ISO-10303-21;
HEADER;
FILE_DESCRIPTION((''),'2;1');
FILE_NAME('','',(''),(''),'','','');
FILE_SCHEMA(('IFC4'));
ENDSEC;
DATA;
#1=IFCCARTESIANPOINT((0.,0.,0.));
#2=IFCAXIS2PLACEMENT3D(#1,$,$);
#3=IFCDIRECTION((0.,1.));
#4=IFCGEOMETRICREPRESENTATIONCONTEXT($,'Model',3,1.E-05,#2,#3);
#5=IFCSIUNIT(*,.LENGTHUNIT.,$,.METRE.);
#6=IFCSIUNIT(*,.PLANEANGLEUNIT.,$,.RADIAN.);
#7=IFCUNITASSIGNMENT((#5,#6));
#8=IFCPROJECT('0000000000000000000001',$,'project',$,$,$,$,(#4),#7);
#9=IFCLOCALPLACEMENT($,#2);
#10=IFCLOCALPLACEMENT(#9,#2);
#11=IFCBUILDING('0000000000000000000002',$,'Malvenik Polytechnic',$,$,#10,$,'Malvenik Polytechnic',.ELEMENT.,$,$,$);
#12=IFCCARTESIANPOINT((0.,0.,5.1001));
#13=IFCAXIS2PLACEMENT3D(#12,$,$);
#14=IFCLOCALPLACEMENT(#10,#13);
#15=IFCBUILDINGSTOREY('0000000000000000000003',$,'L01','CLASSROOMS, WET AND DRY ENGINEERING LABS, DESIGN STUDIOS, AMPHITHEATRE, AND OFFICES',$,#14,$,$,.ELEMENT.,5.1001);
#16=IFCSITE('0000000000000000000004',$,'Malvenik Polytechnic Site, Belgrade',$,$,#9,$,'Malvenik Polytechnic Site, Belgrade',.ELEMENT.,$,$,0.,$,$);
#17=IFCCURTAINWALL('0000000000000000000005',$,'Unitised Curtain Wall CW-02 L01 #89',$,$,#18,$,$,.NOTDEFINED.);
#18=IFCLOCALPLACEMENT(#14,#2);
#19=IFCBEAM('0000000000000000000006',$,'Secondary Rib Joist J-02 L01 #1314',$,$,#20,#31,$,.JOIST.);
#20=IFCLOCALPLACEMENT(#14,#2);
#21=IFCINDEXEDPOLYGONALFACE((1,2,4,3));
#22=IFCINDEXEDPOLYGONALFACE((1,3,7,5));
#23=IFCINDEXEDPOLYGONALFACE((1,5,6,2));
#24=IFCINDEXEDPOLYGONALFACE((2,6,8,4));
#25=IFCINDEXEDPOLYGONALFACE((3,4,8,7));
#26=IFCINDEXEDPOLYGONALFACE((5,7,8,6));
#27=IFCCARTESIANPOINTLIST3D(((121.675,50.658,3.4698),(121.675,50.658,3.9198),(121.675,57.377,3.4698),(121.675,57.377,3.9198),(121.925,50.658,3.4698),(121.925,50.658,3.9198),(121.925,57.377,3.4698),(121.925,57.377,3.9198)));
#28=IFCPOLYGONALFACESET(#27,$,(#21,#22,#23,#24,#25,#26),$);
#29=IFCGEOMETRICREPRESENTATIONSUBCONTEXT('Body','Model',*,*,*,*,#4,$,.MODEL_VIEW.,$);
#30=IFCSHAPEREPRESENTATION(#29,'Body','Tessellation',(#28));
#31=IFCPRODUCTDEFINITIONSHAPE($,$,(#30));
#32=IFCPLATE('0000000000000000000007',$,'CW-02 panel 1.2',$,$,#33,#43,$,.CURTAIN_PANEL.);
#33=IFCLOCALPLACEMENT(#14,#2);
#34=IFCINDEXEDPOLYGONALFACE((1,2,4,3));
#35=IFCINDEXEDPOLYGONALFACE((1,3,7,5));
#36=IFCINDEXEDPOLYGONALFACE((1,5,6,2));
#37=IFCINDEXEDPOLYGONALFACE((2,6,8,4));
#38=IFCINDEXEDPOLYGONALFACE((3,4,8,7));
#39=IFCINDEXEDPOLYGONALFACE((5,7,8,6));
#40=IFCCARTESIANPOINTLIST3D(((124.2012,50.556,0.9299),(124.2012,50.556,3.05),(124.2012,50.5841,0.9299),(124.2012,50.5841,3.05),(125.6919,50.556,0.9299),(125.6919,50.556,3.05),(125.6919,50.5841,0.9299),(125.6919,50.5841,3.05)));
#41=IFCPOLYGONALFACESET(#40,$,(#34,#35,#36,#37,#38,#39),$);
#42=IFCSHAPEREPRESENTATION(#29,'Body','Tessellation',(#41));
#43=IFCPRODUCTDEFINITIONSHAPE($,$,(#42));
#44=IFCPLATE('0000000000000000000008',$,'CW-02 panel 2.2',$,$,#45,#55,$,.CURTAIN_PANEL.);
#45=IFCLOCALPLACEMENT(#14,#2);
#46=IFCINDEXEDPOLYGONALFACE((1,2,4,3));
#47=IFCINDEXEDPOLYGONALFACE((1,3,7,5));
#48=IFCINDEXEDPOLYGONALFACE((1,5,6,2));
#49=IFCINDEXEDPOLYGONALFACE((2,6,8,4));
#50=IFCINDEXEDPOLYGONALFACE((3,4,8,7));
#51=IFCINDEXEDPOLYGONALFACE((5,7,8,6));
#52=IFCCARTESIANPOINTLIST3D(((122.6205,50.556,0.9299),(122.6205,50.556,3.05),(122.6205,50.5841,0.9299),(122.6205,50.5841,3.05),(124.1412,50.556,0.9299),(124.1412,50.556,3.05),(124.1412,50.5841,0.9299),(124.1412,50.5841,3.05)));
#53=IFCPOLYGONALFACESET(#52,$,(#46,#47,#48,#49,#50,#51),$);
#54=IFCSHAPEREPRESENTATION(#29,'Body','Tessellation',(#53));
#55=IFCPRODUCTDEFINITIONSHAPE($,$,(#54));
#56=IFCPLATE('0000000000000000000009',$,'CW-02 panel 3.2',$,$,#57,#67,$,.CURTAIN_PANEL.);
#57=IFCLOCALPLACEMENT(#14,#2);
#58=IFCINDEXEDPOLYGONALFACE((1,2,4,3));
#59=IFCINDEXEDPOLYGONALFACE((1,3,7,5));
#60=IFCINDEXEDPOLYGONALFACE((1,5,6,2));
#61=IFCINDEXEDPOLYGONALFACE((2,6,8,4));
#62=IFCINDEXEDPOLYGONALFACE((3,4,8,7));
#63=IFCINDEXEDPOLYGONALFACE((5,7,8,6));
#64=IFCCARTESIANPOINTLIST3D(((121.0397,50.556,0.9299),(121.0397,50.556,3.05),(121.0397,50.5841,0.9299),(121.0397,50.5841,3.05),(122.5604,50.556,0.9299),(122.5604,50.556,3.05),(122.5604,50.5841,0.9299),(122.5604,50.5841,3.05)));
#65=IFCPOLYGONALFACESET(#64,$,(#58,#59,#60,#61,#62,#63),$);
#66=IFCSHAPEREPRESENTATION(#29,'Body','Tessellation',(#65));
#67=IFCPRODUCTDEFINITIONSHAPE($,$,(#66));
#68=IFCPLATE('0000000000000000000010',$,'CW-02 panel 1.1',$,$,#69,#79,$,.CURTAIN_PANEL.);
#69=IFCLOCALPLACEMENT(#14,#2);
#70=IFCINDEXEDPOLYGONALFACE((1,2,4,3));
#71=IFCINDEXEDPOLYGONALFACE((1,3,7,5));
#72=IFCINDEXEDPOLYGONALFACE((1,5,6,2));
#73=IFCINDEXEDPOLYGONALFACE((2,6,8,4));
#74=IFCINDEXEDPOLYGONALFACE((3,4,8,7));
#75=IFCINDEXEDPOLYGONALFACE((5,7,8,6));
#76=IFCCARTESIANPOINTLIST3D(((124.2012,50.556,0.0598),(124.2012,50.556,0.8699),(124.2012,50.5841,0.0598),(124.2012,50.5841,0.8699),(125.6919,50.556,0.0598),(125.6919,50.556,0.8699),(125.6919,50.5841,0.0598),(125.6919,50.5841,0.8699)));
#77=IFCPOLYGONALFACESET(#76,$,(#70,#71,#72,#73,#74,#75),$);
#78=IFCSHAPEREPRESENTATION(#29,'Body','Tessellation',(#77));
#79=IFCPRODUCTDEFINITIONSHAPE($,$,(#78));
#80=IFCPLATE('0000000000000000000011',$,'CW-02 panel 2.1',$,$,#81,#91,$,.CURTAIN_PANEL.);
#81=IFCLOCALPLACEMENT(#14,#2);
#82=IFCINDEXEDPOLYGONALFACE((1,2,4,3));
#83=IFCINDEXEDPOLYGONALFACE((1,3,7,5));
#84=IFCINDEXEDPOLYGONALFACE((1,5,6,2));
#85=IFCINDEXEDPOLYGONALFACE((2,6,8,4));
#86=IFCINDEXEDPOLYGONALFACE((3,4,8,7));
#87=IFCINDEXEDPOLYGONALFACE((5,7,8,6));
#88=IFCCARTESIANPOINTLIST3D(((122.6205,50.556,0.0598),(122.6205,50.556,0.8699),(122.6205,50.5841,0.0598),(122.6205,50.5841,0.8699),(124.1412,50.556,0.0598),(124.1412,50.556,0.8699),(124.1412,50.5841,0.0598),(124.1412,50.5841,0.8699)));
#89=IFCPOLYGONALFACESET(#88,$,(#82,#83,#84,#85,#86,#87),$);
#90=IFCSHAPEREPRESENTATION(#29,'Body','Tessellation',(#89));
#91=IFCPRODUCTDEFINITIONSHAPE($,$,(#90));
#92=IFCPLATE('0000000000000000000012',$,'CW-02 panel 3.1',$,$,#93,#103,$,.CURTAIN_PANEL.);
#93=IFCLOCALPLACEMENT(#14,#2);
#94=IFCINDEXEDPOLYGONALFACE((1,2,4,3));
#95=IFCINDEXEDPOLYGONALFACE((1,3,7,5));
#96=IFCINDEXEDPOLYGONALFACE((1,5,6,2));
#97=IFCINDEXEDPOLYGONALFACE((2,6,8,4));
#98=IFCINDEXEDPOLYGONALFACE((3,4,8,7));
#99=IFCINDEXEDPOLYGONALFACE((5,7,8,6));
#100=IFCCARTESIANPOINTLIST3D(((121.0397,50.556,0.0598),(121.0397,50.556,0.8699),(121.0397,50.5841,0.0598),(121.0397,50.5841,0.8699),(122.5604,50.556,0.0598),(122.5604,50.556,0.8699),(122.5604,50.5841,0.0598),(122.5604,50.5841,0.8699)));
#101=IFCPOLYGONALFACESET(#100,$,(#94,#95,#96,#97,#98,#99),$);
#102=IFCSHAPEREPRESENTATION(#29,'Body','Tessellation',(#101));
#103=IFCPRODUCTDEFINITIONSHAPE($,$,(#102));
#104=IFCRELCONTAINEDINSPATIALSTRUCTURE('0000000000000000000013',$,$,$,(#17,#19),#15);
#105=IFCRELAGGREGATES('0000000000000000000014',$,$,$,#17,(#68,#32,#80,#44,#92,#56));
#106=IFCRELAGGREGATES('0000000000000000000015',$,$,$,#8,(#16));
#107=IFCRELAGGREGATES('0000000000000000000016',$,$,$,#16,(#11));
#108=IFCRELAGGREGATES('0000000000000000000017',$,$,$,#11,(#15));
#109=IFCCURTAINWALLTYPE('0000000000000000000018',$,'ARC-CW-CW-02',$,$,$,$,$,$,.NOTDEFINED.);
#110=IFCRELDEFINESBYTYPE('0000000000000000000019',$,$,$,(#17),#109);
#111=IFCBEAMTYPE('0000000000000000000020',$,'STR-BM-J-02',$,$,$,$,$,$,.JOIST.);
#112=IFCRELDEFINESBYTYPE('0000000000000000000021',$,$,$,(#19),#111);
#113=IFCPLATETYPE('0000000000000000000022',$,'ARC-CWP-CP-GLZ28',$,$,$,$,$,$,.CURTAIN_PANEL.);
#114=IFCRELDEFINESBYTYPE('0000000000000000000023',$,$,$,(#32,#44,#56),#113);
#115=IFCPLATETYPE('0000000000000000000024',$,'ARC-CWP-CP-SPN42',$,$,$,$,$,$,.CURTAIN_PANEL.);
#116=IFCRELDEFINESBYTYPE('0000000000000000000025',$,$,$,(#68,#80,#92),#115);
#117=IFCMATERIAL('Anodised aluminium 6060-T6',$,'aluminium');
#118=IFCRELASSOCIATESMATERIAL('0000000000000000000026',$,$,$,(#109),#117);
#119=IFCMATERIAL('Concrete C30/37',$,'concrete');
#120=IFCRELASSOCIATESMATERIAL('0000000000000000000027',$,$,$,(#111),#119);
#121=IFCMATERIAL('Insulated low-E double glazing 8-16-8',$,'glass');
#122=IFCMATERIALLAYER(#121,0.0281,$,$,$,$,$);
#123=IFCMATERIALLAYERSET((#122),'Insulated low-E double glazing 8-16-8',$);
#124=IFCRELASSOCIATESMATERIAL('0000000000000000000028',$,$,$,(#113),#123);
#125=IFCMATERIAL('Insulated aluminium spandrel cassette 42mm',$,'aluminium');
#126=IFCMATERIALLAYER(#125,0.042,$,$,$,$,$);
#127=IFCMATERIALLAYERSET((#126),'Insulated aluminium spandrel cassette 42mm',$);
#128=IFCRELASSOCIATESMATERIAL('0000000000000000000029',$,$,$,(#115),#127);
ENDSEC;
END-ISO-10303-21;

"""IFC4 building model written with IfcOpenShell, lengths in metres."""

from ifc_helpers import new_model, si_unit, direction, frame, origin, origin_2d, place, context, subcontext, project, spatial, rectangle, extrude, material, layer, layer_set, material_profile, profile_set, type_object, element, aggregate, save


model = new_model("IFC4")

# Units and contexts
model_context = context("Model", 3, precision=1e-05, world=origin(), true_north=direction((0.0, 1.0)))
body_context = subcontext(model_context, "Body", "Model", "MODEL_VIEW")
ifc_project = project(units=[si_unit("LENGTHUNIT", "METRE"), si_unit("PLANEANGLEUNIT", "RADIAN")], contexts=[model_context])

# Site, building, storey
site_placement = place(None, origin())
site = spatial("IfcSite", under=ifc_project, at=site_placement, Name="Malvenik Polytechnic Site, Belgrade", LongName="Malvenik Polytechnic Site, Belgrade", CompositionType="ELEMENT", RefElevation=0.0)
building_placement = place(site_placement, origin())
building = spatial("IfcBuilding", under=site, at=building_placement, Name="Malvenik Polytechnic", LongName="Malvenik Polytechnic", CompositionType="ELEMENT")
storey_placement = place(building_placement, frame((0.0, 0.0, 5.1001)))
storey = spatial("IfcBuildingStorey", under=building, at=storey_placement, Name="L01", Description="CLASSROOMS, WET AND DRY ENGINEERING LABS, DESIGN STUDIOS, AMPHITHEATRE, AND OFFICES", CompositionType="ELEMENT", Elevation=5.1001)

# Curtain wall
ifc_material_1 = material(Name="Anodised aluminium 6060-T6", Category="aluminium")
curtain_wall_type = type_object("IfcCurtainWallType", Name="ARC-CW-CW-02", PredefinedType="NOTDEFINED", material=ifc_material_1)
curtain_wall_placement = place(storey_placement, origin())
curtain_wall = element("IfcCurtainWall", 1, at=curtain_wall_placement, inside=storey, type_object=curtain_wall_type, Name="Unitised Curtain Wall CW-02 L01 #89", PredefinedType="NOTDEFINED")

# Beam
ifc_material_2 = material(Name="Concrete C30/37", Category="concrete")
ifc_material_profile_1 = material_profile(ifc_material_2, rectangle(XDim=0.25, YDim=0.45, at=origin_2d()), Name="RC JST 250x450")
ifc_profile_set_1 = profile_set([ifc_material_profile_1], Name="Concrete C30/37")
beam_type_1 = type_object("IfcBeamType", Name="STR-BM-J-02", PredefinedType="JOIST", material=ifc_profile_set_1)
beam_1_placement = place(storey_placement, frame((121.8, 50.658, 3.6948), z_axis=(0.0, 1.0, 0.0), x_axis=(-1.0, 0.0, 0.0)))
element("IfcBeam", 2, at=beam_1_placement, inside=storey, type_object=beam_type_1, Name="Secondary Rib Joist J-02 L01 #1314", PredefinedType="JOIST", context=body_context, shape_type="SweptSolid", body=[
    extrude(rectangle(XDim=0.25, YDim=0.45, at=origin_2d()), origin(), (0.0, 0.0, 1.0), 6.719),
])

# Plates
ifc_material_3 = material(Name="Insulated low-E double glazing 8-16-8", Category="glass")
ifc_layer_1 = layer(ifc_material_3, 0.0281)
ifc_layer_set_1 = layer_set([ifc_layer_1], Name="Insulated low-E double glazing 8-16-8")
plate_type_1 = type_object("IfcPlateType", Name="ARC-CWP-CP-GLZ28", PredefinedType="CURTAIN_PANEL", material=ifc_layer_set_1)
plate_1_placement = place(storey_placement, frame((124.9465, 50.5701, 0.9299), z_axis=(0.0, 0.0, 1.0), x_axis=(-1.0, 0.0, 0.0)))
plate_1 = element("IfcPlate", 3, at=plate_1_placement, type_object=plate_type_1, Name="CW-02 panel 1.2", PredefinedType="CURTAIN_PANEL", context=body_context, shape_type="SweptSolid", body=[
    extrude(rectangle(XDim=1.4907, YDim=0.0281, at=origin_2d()), origin(), (0.0, 0.0, 1.0), 2.1201),
])
plate_2_placement = place(storey_placement, frame((123.3809, 50.5701, 0.9299), z_axis=(0.0, 0.0, 1.0), x_axis=(-1.0, 0.0, 0.0)))
plate_2 = element("IfcPlate", 4, at=plate_2_placement, type_object=plate_type_1, Name="CW-02 panel 2.2", PredefinedType="CURTAIN_PANEL", context=body_context, shape_type="SweptSolid", body=[
    extrude(rectangle(XDim=1.5208, YDim=0.0281, at=origin_2d()), origin(), (0.0, 0.0, 1.0), 2.1201),
])
plate_3_placement = place(storey_placement, frame((121.8, 50.5701, 0.9299), z_axis=(0.0, 0.0, 1.0), x_axis=(-1.0, 0.0, 0.0)))
plate_3 = element("IfcPlate", 5, at=plate_3_placement, type_object=plate_type_1, Name="CW-02 panel 3.2", PredefinedType="CURTAIN_PANEL", context=body_context, shape_type="SweptSolid", body=[
    extrude(rectangle(XDim=1.5208, YDim=0.0281, at=origin_2d()), origin(), (0.0, 0.0, 1.0), 2.1201),
])
ifc_material_4 = material(Name="Insulated aluminium spandrel cassette 42mm", Category="aluminium")
ifc_layer_2 = layer(ifc_material_4, 0.042)
ifc_layer_set_2 = layer_set([ifc_layer_2], Name="Insulated aluminium spandrel cassette 42mm")
plate_type_2 = type_object("IfcPlateType", Name="ARC-CWP-CP-SPN42", PredefinedType="CURTAIN_PANEL", material=ifc_layer_set_2)
plate_4_placement = place(storey_placement, frame((124.9465, 50.5701, 0.0598), z_axis=(0.0, 0.0, 1.0), x_axis=(-1.0, 0.0, 0.0)))
plate_4 = element("IfcPlate", 6, at=plate_4_placement, type_object=plate_type_2, Name="CW-02 panel 1.1", PredefinedType="CURTAIN_PANEL", context=body_context, shape_type="SweptSolid", body=[
    extrude(rectangle(XDim=1.4907, YDim=0.0281, at=origin_2d()), origin(), (0.0, 0.0, 1.0), 0.8101),
])
plate_5_placement = place(storey_placement, frame((123.3809, 50.5701, 0.0598), z_axis=(0.0, 0.0, 1.0), x_axis=(-1.0, 0.0, 0.0)))
plate_5 = element("IfcPlate", 7, at=plate_5_placement, type_object=plate_type_2, Name="CW-02 panel 2.1", PredefinedType="CURTAIN_PANEL", context=body_context, shape_type="SweptSolid", body=[
    extrude(rectangle(XDim=1.5208, YDim=0.0281, at=origin_2d()), origin(), (0.0, 0.0, 1.0), 0.8101),
])
plate_6_placement = place(storey_placement, frame((121.8, 50.5701, 0.0598), z_axis=(0.0, 0.0, 1.0), x_axis=(-1.0, 0.0, 0.0)))
plate_6 = element("IfcPlate", 8, at=plate_6_placement, type_object=plate_type_2, Name="CW-02 panel 3.1", PredefinedType="CURTAIN_PANEL", context=body_context, shape_type="SweptSolid", body=[
    extrude(rectangle(XDim=1.5208, YDim=0.0281, at=origin_2d()), origin(), (0.0, 0.0, 1.0), 0.8101),
])
aggregate(curtain_wall, [plate_4, plate_1, plate_5, plate_2, plate_6, plate_3])

save(model, "model.ifc")
